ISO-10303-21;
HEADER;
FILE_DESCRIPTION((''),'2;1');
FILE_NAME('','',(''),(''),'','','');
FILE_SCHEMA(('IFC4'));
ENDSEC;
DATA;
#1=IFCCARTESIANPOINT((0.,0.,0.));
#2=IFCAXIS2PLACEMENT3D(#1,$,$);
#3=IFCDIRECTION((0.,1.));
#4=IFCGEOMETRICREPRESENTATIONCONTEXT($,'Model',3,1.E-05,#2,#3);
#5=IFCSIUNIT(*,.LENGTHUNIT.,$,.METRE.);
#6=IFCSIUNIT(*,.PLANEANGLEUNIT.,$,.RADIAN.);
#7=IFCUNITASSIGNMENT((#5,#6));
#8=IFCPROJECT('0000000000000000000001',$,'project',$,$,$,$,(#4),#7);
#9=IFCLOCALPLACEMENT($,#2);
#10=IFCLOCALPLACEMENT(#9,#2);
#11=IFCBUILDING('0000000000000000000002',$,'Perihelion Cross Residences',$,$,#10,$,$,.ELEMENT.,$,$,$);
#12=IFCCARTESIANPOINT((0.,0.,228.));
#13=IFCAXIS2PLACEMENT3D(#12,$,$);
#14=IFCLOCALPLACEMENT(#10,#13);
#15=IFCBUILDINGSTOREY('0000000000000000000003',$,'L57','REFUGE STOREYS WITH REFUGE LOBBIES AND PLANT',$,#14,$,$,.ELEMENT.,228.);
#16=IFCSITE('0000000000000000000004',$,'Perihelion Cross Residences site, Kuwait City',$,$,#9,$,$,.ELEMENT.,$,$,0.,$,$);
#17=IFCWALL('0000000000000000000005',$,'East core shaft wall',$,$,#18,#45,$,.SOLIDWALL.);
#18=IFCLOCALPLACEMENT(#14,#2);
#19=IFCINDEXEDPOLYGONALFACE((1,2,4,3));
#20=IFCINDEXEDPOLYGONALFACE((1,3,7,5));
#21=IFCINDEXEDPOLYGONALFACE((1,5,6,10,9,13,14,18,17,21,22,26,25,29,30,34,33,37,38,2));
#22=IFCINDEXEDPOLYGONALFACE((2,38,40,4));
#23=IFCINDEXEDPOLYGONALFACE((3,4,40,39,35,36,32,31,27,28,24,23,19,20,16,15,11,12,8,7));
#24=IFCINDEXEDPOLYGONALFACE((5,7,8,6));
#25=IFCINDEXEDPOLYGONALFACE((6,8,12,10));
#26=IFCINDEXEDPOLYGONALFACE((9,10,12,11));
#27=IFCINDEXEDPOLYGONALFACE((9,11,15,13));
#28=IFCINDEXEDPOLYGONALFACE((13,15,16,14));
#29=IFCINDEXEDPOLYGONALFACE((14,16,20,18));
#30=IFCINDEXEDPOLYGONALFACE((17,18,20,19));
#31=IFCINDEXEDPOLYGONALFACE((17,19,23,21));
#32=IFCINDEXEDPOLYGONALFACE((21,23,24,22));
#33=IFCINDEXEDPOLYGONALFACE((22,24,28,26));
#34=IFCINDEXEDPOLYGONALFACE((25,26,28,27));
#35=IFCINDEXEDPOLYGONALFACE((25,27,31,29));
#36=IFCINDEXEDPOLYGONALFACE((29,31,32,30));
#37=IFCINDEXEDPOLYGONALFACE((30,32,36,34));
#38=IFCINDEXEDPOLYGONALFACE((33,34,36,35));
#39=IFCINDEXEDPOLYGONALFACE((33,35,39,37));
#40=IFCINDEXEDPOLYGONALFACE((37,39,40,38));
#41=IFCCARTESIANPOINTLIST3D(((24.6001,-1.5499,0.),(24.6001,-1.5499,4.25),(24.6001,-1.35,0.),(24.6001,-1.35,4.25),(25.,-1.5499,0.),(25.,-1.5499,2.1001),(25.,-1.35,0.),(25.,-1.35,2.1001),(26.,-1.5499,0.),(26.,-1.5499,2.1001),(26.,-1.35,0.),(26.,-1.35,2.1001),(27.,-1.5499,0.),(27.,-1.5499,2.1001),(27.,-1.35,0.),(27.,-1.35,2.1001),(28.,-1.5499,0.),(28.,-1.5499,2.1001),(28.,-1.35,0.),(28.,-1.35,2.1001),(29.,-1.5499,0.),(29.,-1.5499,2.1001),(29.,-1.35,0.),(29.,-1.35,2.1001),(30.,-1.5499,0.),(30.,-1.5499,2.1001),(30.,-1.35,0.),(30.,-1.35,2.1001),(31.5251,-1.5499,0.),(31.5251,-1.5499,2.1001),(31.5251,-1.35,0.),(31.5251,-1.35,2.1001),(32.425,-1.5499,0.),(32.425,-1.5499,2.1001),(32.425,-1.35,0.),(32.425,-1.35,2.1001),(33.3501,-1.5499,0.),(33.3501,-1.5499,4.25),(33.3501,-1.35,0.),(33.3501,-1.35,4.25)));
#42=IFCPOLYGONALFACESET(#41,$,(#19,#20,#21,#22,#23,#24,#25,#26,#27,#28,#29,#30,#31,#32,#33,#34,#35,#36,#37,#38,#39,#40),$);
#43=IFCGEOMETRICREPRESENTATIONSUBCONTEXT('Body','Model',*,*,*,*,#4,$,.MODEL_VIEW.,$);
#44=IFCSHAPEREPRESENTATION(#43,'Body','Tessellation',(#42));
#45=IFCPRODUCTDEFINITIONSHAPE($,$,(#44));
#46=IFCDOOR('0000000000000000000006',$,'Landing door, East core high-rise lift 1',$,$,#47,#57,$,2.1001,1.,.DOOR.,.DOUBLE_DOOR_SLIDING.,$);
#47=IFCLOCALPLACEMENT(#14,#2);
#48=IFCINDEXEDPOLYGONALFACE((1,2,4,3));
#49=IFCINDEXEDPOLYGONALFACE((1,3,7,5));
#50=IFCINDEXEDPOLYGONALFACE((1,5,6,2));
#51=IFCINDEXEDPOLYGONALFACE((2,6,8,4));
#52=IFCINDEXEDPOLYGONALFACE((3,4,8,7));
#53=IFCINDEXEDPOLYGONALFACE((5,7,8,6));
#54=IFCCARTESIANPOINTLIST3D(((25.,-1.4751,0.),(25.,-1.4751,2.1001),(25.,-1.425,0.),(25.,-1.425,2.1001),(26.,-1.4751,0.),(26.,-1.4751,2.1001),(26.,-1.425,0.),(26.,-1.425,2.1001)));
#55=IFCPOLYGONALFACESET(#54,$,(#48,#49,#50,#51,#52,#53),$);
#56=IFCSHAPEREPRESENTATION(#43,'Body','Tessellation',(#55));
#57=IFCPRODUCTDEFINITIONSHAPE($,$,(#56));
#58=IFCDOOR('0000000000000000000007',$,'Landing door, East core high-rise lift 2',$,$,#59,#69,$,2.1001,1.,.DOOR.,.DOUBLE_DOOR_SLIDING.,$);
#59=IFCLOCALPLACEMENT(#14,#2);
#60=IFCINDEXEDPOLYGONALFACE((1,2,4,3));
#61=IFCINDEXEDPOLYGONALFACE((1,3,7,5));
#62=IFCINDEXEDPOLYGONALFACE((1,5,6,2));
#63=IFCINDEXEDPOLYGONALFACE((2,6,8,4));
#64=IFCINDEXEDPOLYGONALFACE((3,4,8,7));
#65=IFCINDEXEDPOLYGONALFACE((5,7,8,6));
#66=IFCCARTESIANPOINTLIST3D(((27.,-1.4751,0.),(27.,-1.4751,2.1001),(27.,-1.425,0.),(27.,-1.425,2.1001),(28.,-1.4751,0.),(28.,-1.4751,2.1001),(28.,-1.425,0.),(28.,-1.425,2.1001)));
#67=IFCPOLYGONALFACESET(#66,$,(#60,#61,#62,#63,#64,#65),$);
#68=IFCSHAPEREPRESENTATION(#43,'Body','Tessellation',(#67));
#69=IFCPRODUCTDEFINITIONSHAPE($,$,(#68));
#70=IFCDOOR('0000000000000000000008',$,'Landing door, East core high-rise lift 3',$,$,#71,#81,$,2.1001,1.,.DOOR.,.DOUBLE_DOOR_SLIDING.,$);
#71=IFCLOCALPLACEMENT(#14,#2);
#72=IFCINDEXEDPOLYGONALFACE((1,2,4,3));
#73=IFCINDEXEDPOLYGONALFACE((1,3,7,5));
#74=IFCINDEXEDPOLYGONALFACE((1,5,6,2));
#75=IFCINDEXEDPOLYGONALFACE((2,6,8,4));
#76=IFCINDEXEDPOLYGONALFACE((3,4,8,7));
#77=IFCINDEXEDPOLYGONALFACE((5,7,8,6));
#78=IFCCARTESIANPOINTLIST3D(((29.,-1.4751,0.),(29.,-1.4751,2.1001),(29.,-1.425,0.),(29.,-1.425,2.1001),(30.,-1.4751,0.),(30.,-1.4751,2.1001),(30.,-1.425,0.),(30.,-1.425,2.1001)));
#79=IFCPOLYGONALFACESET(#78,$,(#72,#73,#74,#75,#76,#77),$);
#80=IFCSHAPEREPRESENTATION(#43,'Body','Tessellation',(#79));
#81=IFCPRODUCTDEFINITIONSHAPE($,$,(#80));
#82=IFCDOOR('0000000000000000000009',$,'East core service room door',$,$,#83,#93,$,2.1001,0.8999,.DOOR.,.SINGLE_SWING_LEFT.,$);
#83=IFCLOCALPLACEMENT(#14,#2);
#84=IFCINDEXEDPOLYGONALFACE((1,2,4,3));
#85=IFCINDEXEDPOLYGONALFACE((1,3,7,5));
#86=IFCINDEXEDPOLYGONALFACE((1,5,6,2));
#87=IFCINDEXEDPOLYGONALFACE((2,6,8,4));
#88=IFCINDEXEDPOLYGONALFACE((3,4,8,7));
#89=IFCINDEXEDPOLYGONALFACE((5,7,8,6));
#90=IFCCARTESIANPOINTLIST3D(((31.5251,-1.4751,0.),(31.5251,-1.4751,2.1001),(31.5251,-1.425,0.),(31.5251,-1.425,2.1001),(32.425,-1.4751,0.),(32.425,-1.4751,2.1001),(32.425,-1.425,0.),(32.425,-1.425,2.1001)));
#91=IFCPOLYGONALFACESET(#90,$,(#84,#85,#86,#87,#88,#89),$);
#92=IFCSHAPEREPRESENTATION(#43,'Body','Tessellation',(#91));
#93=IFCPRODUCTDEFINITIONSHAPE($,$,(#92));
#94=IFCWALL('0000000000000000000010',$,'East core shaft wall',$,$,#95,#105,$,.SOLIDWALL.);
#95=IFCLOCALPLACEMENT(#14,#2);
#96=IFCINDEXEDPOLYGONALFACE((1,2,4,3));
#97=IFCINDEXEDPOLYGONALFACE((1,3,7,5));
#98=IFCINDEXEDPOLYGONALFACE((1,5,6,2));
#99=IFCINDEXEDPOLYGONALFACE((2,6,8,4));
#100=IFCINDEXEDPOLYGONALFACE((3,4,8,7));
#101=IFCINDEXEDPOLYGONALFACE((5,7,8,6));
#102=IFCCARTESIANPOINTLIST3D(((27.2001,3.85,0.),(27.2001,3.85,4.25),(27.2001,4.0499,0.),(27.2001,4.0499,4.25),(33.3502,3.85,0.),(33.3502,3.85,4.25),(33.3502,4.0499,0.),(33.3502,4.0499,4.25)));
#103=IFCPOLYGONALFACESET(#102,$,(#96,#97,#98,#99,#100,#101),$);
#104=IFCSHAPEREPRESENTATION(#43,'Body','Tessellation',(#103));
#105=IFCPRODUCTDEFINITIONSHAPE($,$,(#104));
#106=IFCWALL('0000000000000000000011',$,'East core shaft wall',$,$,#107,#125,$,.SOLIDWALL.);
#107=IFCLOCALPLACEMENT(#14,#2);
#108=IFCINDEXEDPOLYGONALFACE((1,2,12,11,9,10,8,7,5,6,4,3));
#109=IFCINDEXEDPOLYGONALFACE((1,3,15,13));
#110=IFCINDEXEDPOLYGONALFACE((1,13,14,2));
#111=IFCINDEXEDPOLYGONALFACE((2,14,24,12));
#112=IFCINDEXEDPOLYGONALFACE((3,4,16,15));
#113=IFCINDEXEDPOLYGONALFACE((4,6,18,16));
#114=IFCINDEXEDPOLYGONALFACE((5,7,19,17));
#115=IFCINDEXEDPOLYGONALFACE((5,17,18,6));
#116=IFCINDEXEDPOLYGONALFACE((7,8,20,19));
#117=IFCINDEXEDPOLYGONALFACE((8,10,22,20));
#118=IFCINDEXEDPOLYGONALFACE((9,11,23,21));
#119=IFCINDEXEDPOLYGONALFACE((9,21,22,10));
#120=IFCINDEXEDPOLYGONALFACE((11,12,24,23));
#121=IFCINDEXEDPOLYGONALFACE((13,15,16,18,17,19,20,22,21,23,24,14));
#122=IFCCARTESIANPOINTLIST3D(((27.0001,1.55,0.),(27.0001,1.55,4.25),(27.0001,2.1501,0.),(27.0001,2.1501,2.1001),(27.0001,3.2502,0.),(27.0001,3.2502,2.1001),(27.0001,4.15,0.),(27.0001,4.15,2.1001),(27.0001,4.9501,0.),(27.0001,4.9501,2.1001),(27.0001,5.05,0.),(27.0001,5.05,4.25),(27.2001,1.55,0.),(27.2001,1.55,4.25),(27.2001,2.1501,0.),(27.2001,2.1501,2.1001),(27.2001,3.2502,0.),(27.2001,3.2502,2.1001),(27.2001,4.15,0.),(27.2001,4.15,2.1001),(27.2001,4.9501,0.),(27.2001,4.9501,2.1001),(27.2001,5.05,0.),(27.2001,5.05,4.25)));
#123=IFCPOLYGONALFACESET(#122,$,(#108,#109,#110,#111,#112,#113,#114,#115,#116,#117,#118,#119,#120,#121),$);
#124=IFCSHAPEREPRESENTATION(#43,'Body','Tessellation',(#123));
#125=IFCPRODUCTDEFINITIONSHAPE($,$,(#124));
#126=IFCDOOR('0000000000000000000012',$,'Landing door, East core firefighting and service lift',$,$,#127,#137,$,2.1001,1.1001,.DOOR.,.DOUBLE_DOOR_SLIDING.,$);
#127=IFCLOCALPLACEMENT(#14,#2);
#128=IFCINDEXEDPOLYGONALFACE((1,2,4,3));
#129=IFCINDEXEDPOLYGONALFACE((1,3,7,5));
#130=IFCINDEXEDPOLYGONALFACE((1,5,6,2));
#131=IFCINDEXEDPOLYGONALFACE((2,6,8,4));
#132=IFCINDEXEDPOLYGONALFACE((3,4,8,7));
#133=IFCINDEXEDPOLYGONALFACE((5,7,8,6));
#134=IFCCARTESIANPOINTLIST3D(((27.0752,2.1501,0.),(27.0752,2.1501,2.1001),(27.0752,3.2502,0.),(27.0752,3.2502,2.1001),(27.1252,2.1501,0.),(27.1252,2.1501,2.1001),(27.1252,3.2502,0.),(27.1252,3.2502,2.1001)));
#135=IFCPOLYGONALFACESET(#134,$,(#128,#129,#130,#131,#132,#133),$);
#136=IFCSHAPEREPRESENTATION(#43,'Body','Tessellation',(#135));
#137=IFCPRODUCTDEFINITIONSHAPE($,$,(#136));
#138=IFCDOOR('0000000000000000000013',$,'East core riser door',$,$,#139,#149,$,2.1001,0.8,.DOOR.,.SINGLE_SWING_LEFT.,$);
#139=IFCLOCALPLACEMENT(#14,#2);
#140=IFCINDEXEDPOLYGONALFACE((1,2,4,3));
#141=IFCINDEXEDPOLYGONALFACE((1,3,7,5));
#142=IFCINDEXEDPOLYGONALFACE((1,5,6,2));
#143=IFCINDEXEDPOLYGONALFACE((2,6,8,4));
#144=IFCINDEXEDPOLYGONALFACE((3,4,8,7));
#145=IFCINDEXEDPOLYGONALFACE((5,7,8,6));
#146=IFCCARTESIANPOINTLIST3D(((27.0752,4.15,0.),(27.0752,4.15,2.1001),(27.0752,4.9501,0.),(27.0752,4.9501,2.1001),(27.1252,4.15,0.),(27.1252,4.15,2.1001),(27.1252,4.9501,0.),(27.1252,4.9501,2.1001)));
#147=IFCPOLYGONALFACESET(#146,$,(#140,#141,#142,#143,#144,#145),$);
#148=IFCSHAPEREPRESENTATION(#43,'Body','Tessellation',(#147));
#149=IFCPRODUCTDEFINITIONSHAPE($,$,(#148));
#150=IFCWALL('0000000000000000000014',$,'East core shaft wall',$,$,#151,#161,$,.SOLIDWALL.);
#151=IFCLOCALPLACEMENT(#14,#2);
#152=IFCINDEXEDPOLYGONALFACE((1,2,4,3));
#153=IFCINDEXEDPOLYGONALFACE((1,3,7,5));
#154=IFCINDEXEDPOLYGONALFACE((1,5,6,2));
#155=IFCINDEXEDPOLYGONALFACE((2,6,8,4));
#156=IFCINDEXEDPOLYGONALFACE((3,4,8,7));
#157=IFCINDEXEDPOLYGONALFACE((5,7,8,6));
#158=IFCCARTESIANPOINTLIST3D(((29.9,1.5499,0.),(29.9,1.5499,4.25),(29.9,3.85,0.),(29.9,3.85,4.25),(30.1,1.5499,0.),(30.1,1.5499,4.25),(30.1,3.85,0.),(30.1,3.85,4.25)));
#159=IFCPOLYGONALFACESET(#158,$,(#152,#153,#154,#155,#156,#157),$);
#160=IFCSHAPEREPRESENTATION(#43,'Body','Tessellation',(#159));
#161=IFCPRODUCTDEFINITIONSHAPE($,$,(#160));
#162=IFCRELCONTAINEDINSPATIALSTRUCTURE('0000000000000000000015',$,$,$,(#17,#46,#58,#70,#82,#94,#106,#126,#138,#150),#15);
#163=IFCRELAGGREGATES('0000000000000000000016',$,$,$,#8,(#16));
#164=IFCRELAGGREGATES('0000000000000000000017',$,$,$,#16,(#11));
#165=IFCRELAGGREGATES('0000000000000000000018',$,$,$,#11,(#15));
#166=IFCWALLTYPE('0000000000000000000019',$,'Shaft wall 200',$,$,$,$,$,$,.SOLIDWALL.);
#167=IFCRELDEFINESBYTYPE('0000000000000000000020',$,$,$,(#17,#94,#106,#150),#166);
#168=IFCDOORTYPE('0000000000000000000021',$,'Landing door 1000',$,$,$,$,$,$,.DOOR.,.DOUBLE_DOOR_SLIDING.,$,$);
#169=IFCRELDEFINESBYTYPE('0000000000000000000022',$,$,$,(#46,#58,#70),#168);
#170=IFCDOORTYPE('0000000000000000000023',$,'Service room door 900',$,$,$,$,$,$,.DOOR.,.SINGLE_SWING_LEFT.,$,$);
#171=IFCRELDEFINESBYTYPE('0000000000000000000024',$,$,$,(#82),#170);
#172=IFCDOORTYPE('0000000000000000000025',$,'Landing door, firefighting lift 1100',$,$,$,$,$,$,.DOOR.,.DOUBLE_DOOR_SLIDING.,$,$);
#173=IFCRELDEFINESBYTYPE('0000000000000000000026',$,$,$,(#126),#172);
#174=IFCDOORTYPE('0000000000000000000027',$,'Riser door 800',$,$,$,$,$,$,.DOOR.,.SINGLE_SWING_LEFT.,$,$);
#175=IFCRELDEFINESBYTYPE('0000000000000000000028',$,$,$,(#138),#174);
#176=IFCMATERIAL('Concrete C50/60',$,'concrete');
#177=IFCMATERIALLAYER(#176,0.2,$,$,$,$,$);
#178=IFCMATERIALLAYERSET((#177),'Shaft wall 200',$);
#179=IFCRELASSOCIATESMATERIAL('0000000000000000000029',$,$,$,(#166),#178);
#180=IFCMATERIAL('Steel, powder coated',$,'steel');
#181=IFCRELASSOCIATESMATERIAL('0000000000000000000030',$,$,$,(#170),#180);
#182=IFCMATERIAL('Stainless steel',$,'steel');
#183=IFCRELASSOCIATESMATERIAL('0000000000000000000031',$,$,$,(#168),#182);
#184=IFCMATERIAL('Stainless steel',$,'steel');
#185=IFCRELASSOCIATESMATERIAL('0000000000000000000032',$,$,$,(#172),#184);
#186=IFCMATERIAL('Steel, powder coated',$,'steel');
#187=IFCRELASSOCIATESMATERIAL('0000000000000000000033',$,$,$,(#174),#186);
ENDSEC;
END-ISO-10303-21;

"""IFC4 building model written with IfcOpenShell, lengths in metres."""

from ifc_helpers import new_model, si_unit, direction, frame, frame_2d, origin, place, context, subcontext, project, spatial, rectangle, extrude, material, layer, layer_set, type_object, element, fill, save


model = new_model("IFC4")

# Units and contexts
model_context = context("Model", 3, precision=1e-05, world=origin(), true_north=direction((0.0, 1.0)))
body_context = subcontext(model_context, "Body", "Model", "MODEL_VIEW")
ifc_project = project(units=[si_unit("LENGTHUNIT", "METRE"), si_unit("PLANEANGLEUNIT", "RADIAN")], contexts=[model_context])

# Site, building, storey
site_placement = place(None, origin())
site = spatial("IfcSite", under=ifc_project, at=site_placement, Name="Perihelion Cross Residences site, Kuwait City", CompositionType="ELEMENT", RefElevation=0.0)
building_placement = place(site_placement, origin())
building = spatial("IfcBuilding", under=site, at=building_placement, Name="Perihelion Cross Residences", CompositionType="ELEMENT")
storey_placement = place(building_placement, frame((0.0, 0.0, 228.0)))
storey = spatial("IfcBuildingStorey", under=building, at=storey_placement, Name="L57", Description="REFUGE STOREYS WITH REFUGE LOBBIES AND PLANT", CompositionType="ELEMENT", Elevation=228.0)

# Wall, openings, doors
ifc_material_1 = material(Name="Concrete C50/60", Category="concrete")
ifc_layer_1 = layer(ifc_material_1, 0.2)
ifc_layer_set_1 = layer_set([ifc_layer_1], Name="Shaft wall 200")
wall_type_1 = type_object("IfcWallType", Name="Shaft wall 200", PredefinedType="SOLIDWALL", material=ifc_layer_set_1)
ifc_material_2 = material(Name="Steel, powder coated", Category="steel")
door_type_1 = type_object("IfcDoorType", Name="Service room door 900", OperationType="SINGLE_SWING_LEFT", PredefinedType="DOOR", material=ifc_material_2)
wall_1_placement = place(storey_placement, frame((24.6001, -1.45, 0.0), z_axis=(0.0, 0.0, 1.0), x_axis=(1.0, 0.0, 0.0)))
wall_1 = element("IfcWall", 1, at=wall_1_placement, inside=storey, type_object=wall_type_1, Name="East core shaft wall", PredefinedType="SOLIDWALL", context=body_context, shape_type="SweptSolid", body=[
    extrude(rectangle(XDim=8.75, YDim=0.2, at=frame_2d((4.375, 0.0))), origin(), (0.0, 0.0, 1.0), 4.25),
])
opening_1_placement = place(wall_1_placement, frame((0.3999, 0.0, 0.0)))
opening_1 = element("IfcOpeningElement", 2, at=opening_1_placement, cuts=wall_1, PredefinedType="OPENING", context=body_context, shape_type="SweptSolid", body=[
    extrude(rectangle(XDim=1.0, YDim=2.1001, at=frame_2d((0.5, 1.05))), frame((0.0, 0.1099, 0.0), z_axis=(0.0, -1.0, 0.0), x_axis=(1.0, 0.0, 0.0)), (0.0, 0.0, 1.0), 0.22),
])
opening_2_placement = place(wall_1_placement, frame((2.3999, 0.0, 0.0)))
opening_2 = element("IfcOpeningElement", 3, at=opening_2_placement, cuts=wall_1, PredefinedType="OPENING", context=body_context, shape_type="SweptSolid", body=[
    extrude(rectangle(XDim=1.0, YDim=2.1001, at=frame_2d((0.5, 1.05))), frame((0.0, 0.1099, 0.0), z_axis=(0.0, -1.0, 0.0), x_axis=(1.0, 0.0, 0.0)), (0.0, 0.0, 1.0), 0.22),
])
opening_3_placement = place(wall_1_placement, frame((4.3999, 0.0, 0.0)))
opening_3 = element("IfcOpeningElement", 4, at=opening_3_placement, cuts=wall_1, PredefinedType="OPENING", context=body_context, shape_type="SweptSolid", body=[
    extrude(rectangle(XDim=1.0, YDim=2.1001, at=frame_2d((0.5, 1.05))), frame((0.0, 0.1099, 0.0), z_axis=(0.0, -1.0, 0.0), x_axis=(1.0, 0.0, 0.0)), (0.0, 0.0, 1.0), 0.22),
])
opening_4_placement = place(wall_1_placement, frame((6.925, 0.0, 0.0)))
opening_4 = element("IfcOpeningElement", 5, at=opening_4_placement, cuts=wall_1, PredefinedType="OPENING", context=body_context, shape_type="SweptSolid", body=[
    extrude(rectangle(XDim=0.8999, YDim=2.1001, at=frame_2d((0.45, 1.05))), frame((0.0, 0.1099, 0.0), z_axis=(0.0, -1.0, 0.0), x_axis=(1.0, 0.0, 0.0)), (0.0, 0.0, 1.0), 0.22),
])
ifc_material_3 = material(Name="Stainless steel", Category="steel")
door_type_2 = type_object("IfcDoorType", Name="Landing door 1000", OperationType="DOUBLE_DOOR_SLIDING", PredefinedType="DOOR", material=ifc_material_3)
door_1_placement = place(opening_1_placement, origin())
door_1 = element("IfcDoor", 6, at=door_1_placement, inside=storey, type_object=door_type_2, Name="Landing door, East core high-rise lift 1", OperationType="DOUBLE_DOOR_SLIDING", OverallHeight=2.1001, OverallWidth=1.0, PredefinedType="DOOR", context=body_context, shape_type="SweptSolid", body=[
    extrude(rectangle(XDim=1.0, YDim=2.1001, at=frame_2d((0.5, 1.05))), frame((0.0, 0.0249, 0.0), z_axis=(0.0, -1.0, 0.0), x_axis=(1.0, 0.0, 0.0)), (0.0, 0.0, 1.0), 0.05),
])
fill(opening_1, door_1)
door_2_placement = place(opening_2_placement, origin())
door_2 = element("IfcDoor", 7, at=door_2_placement, inside=storey, type_object=door_type_2, Name="Landing door, East core high-rise lift 2", OperationType="DOUBLE_DOOR_SLIDING", OverallHeight=2.1001, OverallWidth=1.0, PredefinedType="DOOR", context=body_context, shape_type="SweptSolid", body=[
    extrude(rectangle(XDim=1.0, YDim=2.1001, at=frame_2d((0.5, 1.05))), frame((0.0, 0.0249, 0.0), z_axis=(0.0, -1.0, 0.0), x_axis=(1.0, 0.0, 0.0)), (0.0, 0.0, 1.0), 0.05),
])
fill(opening_2, door_2)
door_3_placement = place(opening_3_placement, origin())
door_3 = element("IfcDoor", 8, at=door_3_placement, inside=storey, type_object=door_type_2, Name="Landing door, East core high-rise lift 3", OperationType="DOUBLE_DOOR_SLIDING", OverallHeight=2.1001, OverallWidth=1.0, PredefinedType="DOOR", context=body_context, shape_type="SweptSolid", body=[
    extrude(rectangle(XDim=1.0, YDim=2.1001, at=frame_2d((0.5, 1.05))), frame((0.0, 0.0249, 0.0), z_axis=(0.0, -1.0, 0.0), x_axis=(1.0, 0.0, 0.0)), (0.0, 0.0, 1.0), 0.05),
])
fill(opening_3, door_3)
door_4_placement = place(opening_4_placement, origin())
door_4 = element("IfcDoor", 9, at=door_4_placement, inside=storey, type_object=door_type_1, Name="East core service room door", OperationType="SINGLE_SWING_LEFT", OverallHeight=2.1001, OverallWidth=0.8999, PredefinedType="DOOR", context=body_context, shape_type="SweptSolid", body=[
    extrude(rectangle(XDim=0.8999, YDim=2.1001, at=frame_2d((0.45, 1.05))), frame((0.0, 0.0249, 0.0), z_axis=(0.0, -1.0, 0.0), x_axis=(1.0, 0.0, 0.0)), (0.0, 0.0, 1.0), 0.05),
])
fill(opening_4, door_4)

# Wall
wall_2_placement = place(storey_placement, frame((27.2, 3.95, 0.0), z_axis=(0.0, 0.0, 1.0), x_axis=(1.0, 0.0, 0.0)))
element("IfcWall", 10, at=wall_2_placement, inside=storey, type_object=wall_type_1, Name="East core shaft wall", PredefinedType="SOLIDWALL", context=body_context, shape_type="SweptSolid", body=[
    extrude(rectangle(XDim=6.1501, YDim=0.2, at=frame_2d((3.0752, 0.0))), origin(), (0.0, 0.0, 1.0), 4.25),
])

# Wall, openings, doors
wall_3_placement = place(storey_placement, frame((27.1001, 1.55, 0.0), z_axis=(0.0, 0.0, 1.0), x_axis=(0.0, 1.0, 0.0)))
wall_3 = element("IfcWall", 11, at=wall_3_placement, inside=storey, type_object=wall_type_1, Name="East core shaft wall", PredefinedType="SOLIDWALL", context=body_context, shape_type="SweptSolid", body=[
    extrude(rectangle(XDim=3.5, YDim=0.2, at=frame_2d((1.75, 0.0))), origin(), (0.0, 0.0, 1.0), 4.25),
])
opening_5_placement = place(wall_3_placement, frame((0.6001, 0.0, 0.0)))
opening_5 = element("IfcOpeningElement", 12, at=opening_5_placement, cuts=wall_3, PredefinedType="OPENING", context=body_context, shape_type="SweptSolid", body=[
    extrude(rectangle(XDim=1.1001, YDim=2.1001, at=frame_2d((0.55, 1.05))), frame((0.0, 0.1099, 0.0), z_axis=(0.0, -1.0, 0.0), x_axis=(1.0, 0.0, 0.0)), (0.0, 0.0, 1.0), 0.22),
])
opening_6_placement = place(wall_3_placement, frame((2.6001, 0.0, 0.0)))
opening_6 = element("IfcOpeningElement", 13, at=opening_6_placement, cuts=wall_3, PredefinedType="OPENING", context=body_context, shape_type="SweptSolid", body=[
    extrude(rectangle(XDim=0.8, YDim=2.1001, at=frame_2d((0.3999, 1.05))), frame((0.0, 0.1099, 0.0), z_axis=(0.0, -1.0, 0.0), x_axis=(1.0, 0.0, 0.0)), (0.0, 0.0, 1.0), 0.22),
])
ifc_material_4 = material(Name="Stainless steel", Category="steel")
door_type_3 = type_object("IfcDoorType", Name="Landing door, firefighting lift 1100", OperationType="DOUBLE_DOOR_SLIDING", PredefinedType="DOOR", material=ifc_material_4)
door_5_placement = place(opening_5_placement, origin())
door_5 = element("IfcDoor", 14, at=door_5_placement, inside=storey, type_object=door_type_3, Name="Landing door, East core firefighting and service lift", OperationType="DOUBLE_DOOR_SLIDING", OverallHeight=2.1001, OverallWidth=1.1001, PredefinedType="DOOR", context=body_context, shape_type="SweptSolid", body=[
    extrude(rectangle(XDim=1.1001, YDim=2.1001, at=frame_2d((0.55, 1.05))), frame((0.0, 0.0249, 0.0), z_axis=(0.0, -1.0, 0.0), x_axis=(1.0, 0.0, 0.0)), (0.0, 0.0, 1.0), 0.05),
])
fill(opening_5, door_5)
ifc_material_5 = material(Name="Steel, powder coated", Category="steel")
door_type_4 = type_object("IfcDoorType", Name="Riser door 800", OperationType="SINGLE_SWING_LEFT", PredefinedType="DOOR", material=ifc_material_5)
door_6_placement = place(opening_6_placement, origin())
door_6 = element("IfcDoor", 15, at=door_6_placement, inside=storey, type_object=door_type_4, Name="East core riser door", OperationType="SINGLE_SWING_LEFT", OverallHeight=2.1001, OverallWidth=0.8, PredefinedType="DOOR", context=body_context, shape_type="SweptSolid", body=[
    extrude(rectangle(XDim=0.8, YDim=2.1001, at=frame_2d((0.3999, 1.05))), frame((0.0, 0.0249, 0.0), z_axis=(0.0, -1.0, 0.0), x_axis=(1.0, 0.0, 0.0)), (0.0, 0.0, 1.0), 0.05),
])
fill(opening_6, door_6)

# Wall
wall_4_placement = place(storey_placement, frame((30.0, 1.55, 0.0), z_axis=(0.0, 0.0, 1.0), x_axis=(0.0, 1.0, 0.0)))
element("IfcWall", 16, at=wall_4_placement, inside=storey, type_object=wall_type_1, Name="East core shaft wall", PredefinedType="SOLIDWALL", context=body_context, shape_type="SweptSolid", body=[
    extrude(rectangle(XDim=2.3, YDim=0.2, at=frame_2d((1.1499, 0.0))), origin(), (0.0, 0.0, 1.0), 4.25),
])

save(model, "model.ifc")
